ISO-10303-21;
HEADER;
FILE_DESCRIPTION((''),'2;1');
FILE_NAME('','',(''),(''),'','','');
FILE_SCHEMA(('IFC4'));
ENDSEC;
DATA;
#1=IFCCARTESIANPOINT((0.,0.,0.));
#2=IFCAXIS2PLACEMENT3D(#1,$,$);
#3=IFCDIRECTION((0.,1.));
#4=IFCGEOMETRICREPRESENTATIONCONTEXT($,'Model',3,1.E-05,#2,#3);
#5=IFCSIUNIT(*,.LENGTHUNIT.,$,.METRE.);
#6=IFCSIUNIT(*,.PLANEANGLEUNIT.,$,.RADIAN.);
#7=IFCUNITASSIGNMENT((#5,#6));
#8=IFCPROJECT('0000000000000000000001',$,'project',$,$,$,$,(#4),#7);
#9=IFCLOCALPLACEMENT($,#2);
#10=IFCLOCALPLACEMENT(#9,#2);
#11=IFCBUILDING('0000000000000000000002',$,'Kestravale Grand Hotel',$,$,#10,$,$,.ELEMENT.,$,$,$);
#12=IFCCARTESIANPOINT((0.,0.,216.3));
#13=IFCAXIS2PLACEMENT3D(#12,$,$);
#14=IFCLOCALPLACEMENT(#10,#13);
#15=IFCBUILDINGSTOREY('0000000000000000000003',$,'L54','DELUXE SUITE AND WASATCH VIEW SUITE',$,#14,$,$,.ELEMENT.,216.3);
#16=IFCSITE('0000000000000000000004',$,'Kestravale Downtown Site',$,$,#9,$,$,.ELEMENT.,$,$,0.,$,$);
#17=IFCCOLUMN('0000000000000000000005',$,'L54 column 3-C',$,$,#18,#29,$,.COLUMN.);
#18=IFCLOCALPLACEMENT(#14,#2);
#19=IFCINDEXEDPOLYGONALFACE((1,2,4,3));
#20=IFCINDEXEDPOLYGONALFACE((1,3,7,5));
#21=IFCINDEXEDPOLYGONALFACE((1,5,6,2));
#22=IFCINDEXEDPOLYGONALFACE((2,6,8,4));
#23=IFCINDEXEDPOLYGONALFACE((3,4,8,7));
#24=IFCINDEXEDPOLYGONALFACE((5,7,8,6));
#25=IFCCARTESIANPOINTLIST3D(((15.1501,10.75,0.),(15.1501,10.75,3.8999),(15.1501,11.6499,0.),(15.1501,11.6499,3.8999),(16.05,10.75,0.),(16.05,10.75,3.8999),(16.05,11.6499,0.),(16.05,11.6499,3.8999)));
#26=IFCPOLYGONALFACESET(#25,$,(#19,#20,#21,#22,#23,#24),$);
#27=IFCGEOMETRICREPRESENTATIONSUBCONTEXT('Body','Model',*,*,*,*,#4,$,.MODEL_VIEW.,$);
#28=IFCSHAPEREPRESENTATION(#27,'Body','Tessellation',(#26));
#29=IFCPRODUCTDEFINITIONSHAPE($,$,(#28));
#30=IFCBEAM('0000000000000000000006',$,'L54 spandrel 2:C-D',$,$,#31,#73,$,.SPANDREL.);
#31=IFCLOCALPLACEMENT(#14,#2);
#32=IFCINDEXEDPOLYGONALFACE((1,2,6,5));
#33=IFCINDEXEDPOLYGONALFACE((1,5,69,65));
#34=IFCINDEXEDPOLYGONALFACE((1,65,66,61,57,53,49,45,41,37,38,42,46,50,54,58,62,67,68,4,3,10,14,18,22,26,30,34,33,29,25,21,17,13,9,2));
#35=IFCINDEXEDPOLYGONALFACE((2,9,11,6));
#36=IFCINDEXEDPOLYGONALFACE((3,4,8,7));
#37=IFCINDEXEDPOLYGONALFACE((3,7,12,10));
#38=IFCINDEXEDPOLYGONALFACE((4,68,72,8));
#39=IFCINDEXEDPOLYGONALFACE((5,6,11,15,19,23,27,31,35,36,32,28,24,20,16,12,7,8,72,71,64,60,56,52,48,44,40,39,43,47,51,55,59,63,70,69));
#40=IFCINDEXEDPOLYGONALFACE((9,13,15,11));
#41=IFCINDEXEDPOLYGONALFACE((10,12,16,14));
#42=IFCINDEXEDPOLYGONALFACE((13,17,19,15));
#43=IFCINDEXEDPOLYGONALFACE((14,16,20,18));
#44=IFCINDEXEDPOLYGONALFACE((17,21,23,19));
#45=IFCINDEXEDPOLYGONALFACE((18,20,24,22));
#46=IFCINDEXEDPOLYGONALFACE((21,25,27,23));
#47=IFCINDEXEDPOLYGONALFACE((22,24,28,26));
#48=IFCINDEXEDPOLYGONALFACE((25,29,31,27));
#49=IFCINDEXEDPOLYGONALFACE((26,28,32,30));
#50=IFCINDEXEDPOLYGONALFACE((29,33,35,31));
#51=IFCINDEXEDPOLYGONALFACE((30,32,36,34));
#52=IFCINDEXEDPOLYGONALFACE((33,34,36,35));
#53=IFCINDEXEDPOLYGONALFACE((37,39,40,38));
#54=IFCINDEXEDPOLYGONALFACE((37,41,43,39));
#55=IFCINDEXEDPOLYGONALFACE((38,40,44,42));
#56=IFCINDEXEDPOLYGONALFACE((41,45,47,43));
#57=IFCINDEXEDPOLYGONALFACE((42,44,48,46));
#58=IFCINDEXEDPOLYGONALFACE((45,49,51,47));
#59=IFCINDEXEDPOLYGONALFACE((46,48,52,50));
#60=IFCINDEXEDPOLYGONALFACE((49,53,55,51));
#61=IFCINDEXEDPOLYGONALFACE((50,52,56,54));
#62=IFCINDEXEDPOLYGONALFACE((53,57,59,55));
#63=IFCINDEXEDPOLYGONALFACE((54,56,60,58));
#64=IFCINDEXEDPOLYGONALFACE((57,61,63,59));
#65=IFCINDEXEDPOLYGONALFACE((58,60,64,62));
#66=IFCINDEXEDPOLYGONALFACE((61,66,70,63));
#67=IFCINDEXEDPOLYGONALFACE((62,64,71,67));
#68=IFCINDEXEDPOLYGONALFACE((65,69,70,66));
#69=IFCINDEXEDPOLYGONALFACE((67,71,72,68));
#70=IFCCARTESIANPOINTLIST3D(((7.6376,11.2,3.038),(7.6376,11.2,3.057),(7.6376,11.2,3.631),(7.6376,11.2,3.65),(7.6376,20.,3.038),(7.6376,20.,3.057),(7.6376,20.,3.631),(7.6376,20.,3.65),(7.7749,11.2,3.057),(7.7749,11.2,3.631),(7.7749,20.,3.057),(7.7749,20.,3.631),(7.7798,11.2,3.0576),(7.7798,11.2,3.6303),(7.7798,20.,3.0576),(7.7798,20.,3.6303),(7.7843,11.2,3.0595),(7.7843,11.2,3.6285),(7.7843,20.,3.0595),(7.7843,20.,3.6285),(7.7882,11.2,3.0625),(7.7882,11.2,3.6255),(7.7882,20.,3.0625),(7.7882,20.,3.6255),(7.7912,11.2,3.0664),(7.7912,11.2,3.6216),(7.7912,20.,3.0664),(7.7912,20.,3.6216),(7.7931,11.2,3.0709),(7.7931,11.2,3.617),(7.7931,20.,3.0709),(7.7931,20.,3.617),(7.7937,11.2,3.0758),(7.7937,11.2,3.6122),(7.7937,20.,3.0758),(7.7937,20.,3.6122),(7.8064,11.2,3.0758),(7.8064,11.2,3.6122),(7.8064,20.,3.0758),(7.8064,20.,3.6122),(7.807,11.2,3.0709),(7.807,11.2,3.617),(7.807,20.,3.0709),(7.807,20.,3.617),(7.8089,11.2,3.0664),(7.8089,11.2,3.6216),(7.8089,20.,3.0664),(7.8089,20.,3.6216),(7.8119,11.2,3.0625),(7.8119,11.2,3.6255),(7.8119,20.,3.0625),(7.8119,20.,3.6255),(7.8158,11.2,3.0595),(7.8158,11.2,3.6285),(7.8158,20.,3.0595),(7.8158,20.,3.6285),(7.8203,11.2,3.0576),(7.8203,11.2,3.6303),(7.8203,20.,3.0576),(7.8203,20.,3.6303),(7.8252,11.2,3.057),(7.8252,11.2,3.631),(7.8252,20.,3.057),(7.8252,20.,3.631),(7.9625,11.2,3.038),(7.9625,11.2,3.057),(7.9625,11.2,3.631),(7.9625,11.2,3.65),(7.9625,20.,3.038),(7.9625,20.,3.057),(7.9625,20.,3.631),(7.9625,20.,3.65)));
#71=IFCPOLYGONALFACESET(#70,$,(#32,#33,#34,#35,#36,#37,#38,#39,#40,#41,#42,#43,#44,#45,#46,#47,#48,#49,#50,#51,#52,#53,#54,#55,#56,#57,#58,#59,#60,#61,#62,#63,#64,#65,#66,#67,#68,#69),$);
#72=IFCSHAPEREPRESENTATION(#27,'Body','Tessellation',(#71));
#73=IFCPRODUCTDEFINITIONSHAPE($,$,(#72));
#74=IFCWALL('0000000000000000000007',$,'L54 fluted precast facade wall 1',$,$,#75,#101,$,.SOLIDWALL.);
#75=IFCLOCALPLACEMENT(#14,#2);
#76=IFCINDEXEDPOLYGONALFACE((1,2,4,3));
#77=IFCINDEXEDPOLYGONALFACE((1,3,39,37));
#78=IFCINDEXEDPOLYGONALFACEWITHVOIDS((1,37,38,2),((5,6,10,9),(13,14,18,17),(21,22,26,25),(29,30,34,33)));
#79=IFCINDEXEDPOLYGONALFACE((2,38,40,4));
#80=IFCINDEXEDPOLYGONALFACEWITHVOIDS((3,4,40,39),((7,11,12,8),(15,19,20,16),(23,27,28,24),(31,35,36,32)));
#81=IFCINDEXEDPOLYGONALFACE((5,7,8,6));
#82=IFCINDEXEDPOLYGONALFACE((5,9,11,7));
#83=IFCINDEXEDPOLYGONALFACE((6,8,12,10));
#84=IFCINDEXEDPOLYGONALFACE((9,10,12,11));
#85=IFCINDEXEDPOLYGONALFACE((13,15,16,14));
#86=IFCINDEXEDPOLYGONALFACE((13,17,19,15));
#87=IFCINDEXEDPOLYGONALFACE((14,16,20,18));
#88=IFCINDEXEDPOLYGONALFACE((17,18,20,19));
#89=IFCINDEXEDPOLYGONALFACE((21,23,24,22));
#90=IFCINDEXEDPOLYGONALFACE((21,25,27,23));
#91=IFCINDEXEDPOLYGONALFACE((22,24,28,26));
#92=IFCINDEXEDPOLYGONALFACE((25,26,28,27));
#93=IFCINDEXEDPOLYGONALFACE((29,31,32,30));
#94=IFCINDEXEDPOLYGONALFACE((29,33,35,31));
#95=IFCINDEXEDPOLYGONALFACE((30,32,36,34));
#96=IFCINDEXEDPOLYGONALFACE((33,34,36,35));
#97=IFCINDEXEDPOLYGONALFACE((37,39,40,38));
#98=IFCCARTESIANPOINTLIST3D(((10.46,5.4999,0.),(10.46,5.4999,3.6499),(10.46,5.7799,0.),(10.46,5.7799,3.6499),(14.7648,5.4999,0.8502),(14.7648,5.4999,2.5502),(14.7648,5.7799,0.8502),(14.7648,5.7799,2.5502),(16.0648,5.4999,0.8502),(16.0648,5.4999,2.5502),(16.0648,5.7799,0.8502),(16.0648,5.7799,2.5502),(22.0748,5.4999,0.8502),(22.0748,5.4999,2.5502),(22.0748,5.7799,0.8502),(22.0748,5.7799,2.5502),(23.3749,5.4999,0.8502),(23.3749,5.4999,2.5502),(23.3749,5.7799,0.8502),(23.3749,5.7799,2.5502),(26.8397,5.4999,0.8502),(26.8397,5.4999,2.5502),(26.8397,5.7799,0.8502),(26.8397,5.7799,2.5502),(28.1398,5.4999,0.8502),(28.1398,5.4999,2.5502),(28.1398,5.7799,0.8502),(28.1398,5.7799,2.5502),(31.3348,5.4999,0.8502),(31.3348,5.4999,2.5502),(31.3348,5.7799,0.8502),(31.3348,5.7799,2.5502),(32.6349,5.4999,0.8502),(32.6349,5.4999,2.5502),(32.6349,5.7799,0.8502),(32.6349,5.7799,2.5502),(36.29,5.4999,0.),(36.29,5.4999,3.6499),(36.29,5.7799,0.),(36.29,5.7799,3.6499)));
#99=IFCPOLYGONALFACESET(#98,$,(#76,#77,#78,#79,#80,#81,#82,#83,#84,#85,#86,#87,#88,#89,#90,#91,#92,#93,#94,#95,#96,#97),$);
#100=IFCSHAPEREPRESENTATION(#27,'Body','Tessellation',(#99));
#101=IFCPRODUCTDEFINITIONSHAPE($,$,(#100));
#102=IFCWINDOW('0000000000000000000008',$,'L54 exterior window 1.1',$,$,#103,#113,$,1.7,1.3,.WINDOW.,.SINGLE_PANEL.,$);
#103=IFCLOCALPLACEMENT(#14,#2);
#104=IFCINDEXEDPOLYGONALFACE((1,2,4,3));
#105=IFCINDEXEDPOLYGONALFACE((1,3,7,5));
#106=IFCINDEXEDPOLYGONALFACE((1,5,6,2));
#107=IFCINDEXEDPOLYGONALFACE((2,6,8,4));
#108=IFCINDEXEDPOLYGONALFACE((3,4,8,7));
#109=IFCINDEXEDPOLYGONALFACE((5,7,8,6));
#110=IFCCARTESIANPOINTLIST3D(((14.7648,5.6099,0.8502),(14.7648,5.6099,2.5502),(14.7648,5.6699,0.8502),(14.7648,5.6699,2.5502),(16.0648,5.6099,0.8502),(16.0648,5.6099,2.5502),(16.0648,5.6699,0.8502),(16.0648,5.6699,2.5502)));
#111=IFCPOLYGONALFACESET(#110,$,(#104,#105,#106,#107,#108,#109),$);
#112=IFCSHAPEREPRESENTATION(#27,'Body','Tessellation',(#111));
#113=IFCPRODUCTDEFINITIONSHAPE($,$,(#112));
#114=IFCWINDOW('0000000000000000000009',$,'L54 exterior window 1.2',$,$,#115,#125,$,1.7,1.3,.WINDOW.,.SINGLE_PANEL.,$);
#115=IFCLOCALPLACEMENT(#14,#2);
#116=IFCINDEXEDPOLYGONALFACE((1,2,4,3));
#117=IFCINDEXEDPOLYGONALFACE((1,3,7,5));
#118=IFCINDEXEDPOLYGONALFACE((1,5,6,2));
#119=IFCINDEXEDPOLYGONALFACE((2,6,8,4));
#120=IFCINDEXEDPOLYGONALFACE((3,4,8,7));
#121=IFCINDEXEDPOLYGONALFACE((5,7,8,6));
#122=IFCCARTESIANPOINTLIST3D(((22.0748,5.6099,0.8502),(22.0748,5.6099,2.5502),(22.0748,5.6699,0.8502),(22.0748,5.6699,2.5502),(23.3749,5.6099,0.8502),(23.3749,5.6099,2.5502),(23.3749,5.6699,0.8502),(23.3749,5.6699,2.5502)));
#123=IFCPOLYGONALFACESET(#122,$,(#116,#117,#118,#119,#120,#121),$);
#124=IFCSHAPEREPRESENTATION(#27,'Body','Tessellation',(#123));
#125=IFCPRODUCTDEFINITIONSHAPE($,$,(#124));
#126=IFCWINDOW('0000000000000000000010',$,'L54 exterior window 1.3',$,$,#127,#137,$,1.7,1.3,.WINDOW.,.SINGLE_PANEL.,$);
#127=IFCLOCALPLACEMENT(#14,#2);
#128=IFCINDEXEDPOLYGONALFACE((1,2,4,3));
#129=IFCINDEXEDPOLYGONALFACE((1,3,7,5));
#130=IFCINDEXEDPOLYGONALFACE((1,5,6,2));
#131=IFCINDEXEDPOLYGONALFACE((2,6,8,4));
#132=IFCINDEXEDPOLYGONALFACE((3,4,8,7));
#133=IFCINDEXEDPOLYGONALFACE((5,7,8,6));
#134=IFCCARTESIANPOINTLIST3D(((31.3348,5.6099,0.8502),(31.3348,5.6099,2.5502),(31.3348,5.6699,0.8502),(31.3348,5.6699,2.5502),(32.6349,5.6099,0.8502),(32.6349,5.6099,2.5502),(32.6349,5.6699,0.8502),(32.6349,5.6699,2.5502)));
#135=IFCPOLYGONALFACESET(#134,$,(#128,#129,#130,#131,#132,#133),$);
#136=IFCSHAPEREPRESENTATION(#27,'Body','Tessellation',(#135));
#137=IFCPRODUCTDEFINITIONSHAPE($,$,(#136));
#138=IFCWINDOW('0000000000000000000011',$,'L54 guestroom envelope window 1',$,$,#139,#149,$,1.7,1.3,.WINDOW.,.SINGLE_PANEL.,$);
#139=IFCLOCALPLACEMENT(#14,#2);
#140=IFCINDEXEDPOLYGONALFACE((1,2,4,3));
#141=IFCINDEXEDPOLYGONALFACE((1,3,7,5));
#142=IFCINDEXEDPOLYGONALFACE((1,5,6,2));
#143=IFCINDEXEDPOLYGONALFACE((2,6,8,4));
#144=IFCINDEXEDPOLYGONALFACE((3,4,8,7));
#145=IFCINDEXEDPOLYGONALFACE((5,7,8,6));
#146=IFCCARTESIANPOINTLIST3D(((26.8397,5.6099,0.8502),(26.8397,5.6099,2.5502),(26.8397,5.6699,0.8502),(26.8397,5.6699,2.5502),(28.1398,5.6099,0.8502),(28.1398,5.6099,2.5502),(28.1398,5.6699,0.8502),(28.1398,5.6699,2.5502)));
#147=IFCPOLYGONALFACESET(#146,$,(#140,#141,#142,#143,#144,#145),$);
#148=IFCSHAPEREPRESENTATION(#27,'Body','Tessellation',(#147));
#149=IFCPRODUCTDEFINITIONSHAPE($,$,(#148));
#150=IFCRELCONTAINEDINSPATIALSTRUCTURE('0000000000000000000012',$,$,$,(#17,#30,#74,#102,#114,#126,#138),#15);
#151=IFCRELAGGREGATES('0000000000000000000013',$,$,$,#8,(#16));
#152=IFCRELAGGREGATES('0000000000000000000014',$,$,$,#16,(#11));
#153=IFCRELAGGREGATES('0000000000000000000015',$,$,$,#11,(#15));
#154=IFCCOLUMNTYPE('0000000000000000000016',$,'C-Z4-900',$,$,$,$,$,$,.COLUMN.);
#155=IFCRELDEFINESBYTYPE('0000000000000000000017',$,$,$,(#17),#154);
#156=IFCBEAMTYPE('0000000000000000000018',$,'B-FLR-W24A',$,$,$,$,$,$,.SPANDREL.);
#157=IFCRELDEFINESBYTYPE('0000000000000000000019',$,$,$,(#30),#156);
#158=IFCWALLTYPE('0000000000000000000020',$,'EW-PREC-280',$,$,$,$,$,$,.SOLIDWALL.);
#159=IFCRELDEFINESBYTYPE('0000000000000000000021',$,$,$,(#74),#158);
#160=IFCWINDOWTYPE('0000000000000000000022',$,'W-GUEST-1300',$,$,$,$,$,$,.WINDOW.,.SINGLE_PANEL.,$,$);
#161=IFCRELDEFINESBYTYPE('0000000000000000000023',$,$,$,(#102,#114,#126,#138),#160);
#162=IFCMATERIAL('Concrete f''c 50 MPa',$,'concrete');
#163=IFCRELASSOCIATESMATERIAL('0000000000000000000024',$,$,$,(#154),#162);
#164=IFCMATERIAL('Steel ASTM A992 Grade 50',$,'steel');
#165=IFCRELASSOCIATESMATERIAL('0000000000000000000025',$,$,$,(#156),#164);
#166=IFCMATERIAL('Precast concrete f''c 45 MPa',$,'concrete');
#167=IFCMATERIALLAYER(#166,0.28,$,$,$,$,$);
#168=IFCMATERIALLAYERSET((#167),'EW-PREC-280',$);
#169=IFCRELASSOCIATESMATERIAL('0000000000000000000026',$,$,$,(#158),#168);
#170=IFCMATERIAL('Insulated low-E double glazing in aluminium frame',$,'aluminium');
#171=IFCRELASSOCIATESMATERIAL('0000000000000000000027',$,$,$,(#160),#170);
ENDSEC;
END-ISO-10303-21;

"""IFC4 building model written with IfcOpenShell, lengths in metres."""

from ifc_helpers import new_model, si_unit, direction, frame, frame_2d, origin, origin_2d, place, context, subcontext, project, spatial, rectangle, i_section, extrude, material, layer, layer_set, material_profile, profile_set, type_object, element, fill, save


model = new_model("IFC4")

# Units and contexts
model_context = context("Model", 3, precision=1e-05, world=origin(), true_north=direction((0.0, 1.0)))
body_context = subcontext(model_context, "Body", "Model", "MODEL_VIEW")
ifc_project = project(units=[si_unit("LENGTHUNIT", "METRE"), si_unit("PLANEANGLEUNIT", "RADIAN")], contexts=[model_context])

# Site, building, storey
site_placement = place(None, origin())
site = spatial("IfcSite", under=ifc_project, at=site_placement, Name="Kestravale Downtown Site", CompositionType="ELEMENT", RefElevation=0.0)
building_placement = place(site_placement, origin())
building = spatial("IfcBuilding", under=site, at=building_placement, Name="Kestravale Grand Hotel", CompositionType="ELEMENT")
storey_placement = place(building_placement, frame((0.0, 0.0, 216.3)))
storey = spatial("IfcBuildingStorey", under=building, at=storey_placement, Name="L54", Description="DELUXE SUITE AND WASATCH VIEW SUITE", CompositionType="ELEMENT", Elevation=216.3)

# Column
ifc_material_1 = material(Name="Concrete f'c 50 MPa", Category="concrete")
ifc_material_profile_1 = material_profile(ifc_material_1, rectangle(XDim=0.8999, YDim=0.8999, at=origin_2d()))
ifc_profile_set_1 = profile_set([ifc_material_profile_1], Name="Concrete f'c 50 MPa")
column_type = type_object("IfcColumnType", Name="C-Z4-900", PredefinedType="COLUMN", material=ifc_profile_set_1)
column_placement = place(storey_placement, frame((15.6001, 11.2, 0.0), z_axis=(0.0, 0.0, 1.0), x_axis=(1.0, 0.0, 0.0)))
element("IfcColumn", 1, at=column_placement, inside=storey, type_object=column_type, Name="L54 column 3-C", PredefinedType="COLUMN", context=body_context, shape_type="SweptSolid", body=[
    extrude(rectangle(XDim=0.8999, YDim=0.8999, at=origin_2d()), origin(), (0.0, 0.0, 1.0), 3.8999),
])

# Beam
ifc_material_2 = material(Name="Steel ASTM A992 Grade 50", Category="steel")
ifc_material_profile_2 = material_profile(ifc_material_2, i_section(OverallWidth=0.325, OverallDepth=0.6121, WebThickness=0.0127, FlangeThickness=0.019, FilletRadius=0.0188, at=origin_2d()))
ifc_profile_set_2 = profile_set([ifc_material_profile_2], Name="Steel ASTM A992 Grade 50")
beam_type = type_object("IfcBeamType", Name="B-FLR-W24A", PredefinedType="SPANDREL", material=ifc_profile_set_2)
beam_placement = place(storey_placement, frame((7.8, 11.2, 3.344), z_axis=(0.0, 1.0, 0.0), x_axis=(-1.0, 0.0, 0.0)))
element("IfcBeam", 2, at=beam_placement, inside=storey, type_object=beam_type, Name="L54 spandrel 2:C-D", PredefinedType="SPANDREL", context=body_context, shape_type="SweptSolid", body=[
    extrude(i_section(OverallWidth=0.325, OverallDepth=0.6121, WebThickness=0.0127, FlangeThickness=0.019, FilletRadius=0.0188, at=origin_2d()), origin(), (0.0, 0.0, 1.0), 8.8),
])

# Wall, openings, windows
ifc_material_3 = material(Name="Precast concrete f'c 45 MPa", Category="concrete")
ifc_layer_1 = layer(ifc_material_3, 0.28)
ifc_layer_set_1 = layer_set([ifc_layer_1], Name="EW-PREC-280")
wall_type_1 = type_object("IfcWallType", Name="EW-PREC-280", PredefinedType="SOLIDWALL", material=ifc_layer_set_1)
wall_1_placement = place(storey_placement, frame((10.46, 5.6399, 0.0), z_axis=(0.0, 0.0, 1.0), x_axis=(1.0, 0.0, 0.0)))
wall_1 = element("IfcWall", 3, at=wall_1_placement, inside=storey, type_object=wall_type_1, Name="L54 fluted precast facade wall 1", PredefinedType="SOLIDWALL", context=body_context, shape_type="SweptSolid", body=[
    extrude(rectangle(XDim=25.8301, YDim=0.28, at=frame_2d((12.915, 0.0))), origin(), (0.0, 0.0, 1.0), 3.6499),
])
opening_1_placement = place(wall_1_placement, frame((4.3049, 0.0, 0.8501)))
opening_1 = element("IfcOpeningElement", 4, at=opening_1_placement, cuts=wall_1, PredefinedType="OPENING", context=body_context, shape_type="SweptSolid", body=[
    extrude(rectangle(XDim=1.3, YDim=1.7, at=frame_2d((0.6499, 0.8501))), frame((0.0, 0.1499, 0.0), z_axis=(0.0, -1.0, 0.0), x_axis=(1.0, 0.0, 0.0)), (0.0, 0.0, 1.0), 0.3),
])
opening_2_placement = place(wall_1_placement, frame((11.615, 0.0, 0.8501)))
opening_2 = element("IfcOpeningElement", 5, at=opening_2_placement, cuts=wall_1, PredefinedType="OPENING", context=body_context, shape_type="SweptSolid", body=[
    extrude(rectangle(XDim=1.3, YDim=1.7, at=frame_2d((0.6499, 0.8501))), frame((0.0, 0.1499, 0.0), z_axis=(0.0, -1.0, 0.0), x_axis=(1.0, 0.0, 0.0)), (0.0, 0.0, 1.0), 0.3),
])
opening_3_placement = place(wall_1_placement, frame((20.875, 0.0, 0.8501)))
opening_3 = element("IfcOpeningElement", 6, at=opening_3_placement, cuts=wall_1, PredefinedType="OPENING", context=body_context, shape_type="SweptSolid", body=[
    extrude(rectangle(XDim=1.3, YDim=1.7, at=frame_2d((0.6499, 0.8501))), frame((0.0, 0.1499, 0.0), z_axis=(0.0, -1.0, 0.0), x_axis=(1.0, 0.0, 0.0)), (0.0, 0.0, 1.0), 0.3),
])
opening_4_placement = place(wall_1_placement, frame((16.3799, 0.0, 0.8501)))
opening_4 = element("IfcOpeningElement", 7, at=opening_4_placement, cuts=wall_1, PredefinedType="OPENING", context=body_context, shape_type="SweptSolid", body=[
    extrude(rectangle(XDim=1.3, YDim=1.7, at=frame_2d((0.6499, 0.8501))), frame((0.0, 0.1499, 0.0), z_axis=(0.0, -1.0, 0.0), x_axis=(1.0, 0.0, 0.0)), (0.0, 0.0, 1.0), 0.3),
])
ifc_material_4 = material(Name="Insulated low-E double glazing in aluminium frame", Category="aluminium")
window_type = type_object("IfcWindowType", Name="W-GUEST-1300", PartitioningType="SINGLE_PANEL", PredefinedType="WINDOW", material=ifc_material_4)
window_1_placement = place(opening_1_placement, origin())
window_1 = element("IfcWindow", 8, at=window_1_placement, inside=storey, type_object=window_type, Name="L54 exterior window 1.1", OverallHeight=1.7, OverallWidth=1.3, PartitioningType="SINGLE_PANEL", PredefinedType="WINDOW", context=body_context, shape_type="SweptSolid", body=[
    extrude(rectangle(XDim=1.3, YDim=1.7, at=frame_2d((0.6499, 0.8501))), frame((0.0, 0.03, 0.0), z_axis=(0.0, -1.0, 0.0), x_axis=(1.0, 0.0, 0.0)), (0.0, 0.0, 1.0), 0.0601),
])
fill(opening_1, window_1)
window_2_placement = place(opening_2_placement, origin())
window_2 = element("IfcWindow", 9, at=window_2_placement, inside=storey, type_object=window_type, Name="L54 exterior window 1.2", OverallHeight=1.7, OverallWidth=1.3, PartitioningType="SINGLE_PANEL", PredefinedType="WINDOW", context=body_context, shape_type="SweptSolid", body=[
    extrude(rectangle(XDim=1.3, YDim=1.7, at=frame_2d((0.6499, 0.8501))), frame((0.0, 0.03, 0.0), z_axis=(0.0, -1.0, 0.0), x_axis=(1.0, 0.0, 0.0)), (0.0, 0.0, 1.0), 0.0601),
])
fill(opening_2, window_2)
window_3_placement = place(opening_3_placement, origin())
window_3 = element("IfcWindow", 10, at=window_3_placement, inside=storey, type_object=window_type, Name="L54 exterior window 1.3", OverallHeight=1.7, OverallWidth=1.3, PartitioningType="SINGLE_PANEL", PredefinedType="WINDOW", context=body_context, shape_type="SweptSolid", body=[
    extrude(rectangle(XDim=1.3, YDim=1.7, at=frame_2d((0.6499, 0.8501))), frame((0.0, 0.03, 0.0), z_axis=(0.0, -1.0, 0.0), x_axis=(1.0, 0.0, 0.0)), (0.0, 0.0, 1.0), 0.0601),
])
fill(opening_3, window_3)
window_4_placement = place(opening_4_placement, origin())
window_4 = element("IfcWindow", 11, at=window_4_placement, inside=storey, type_object=window_type, Name="L54 guestroom envelope window 1", OverallHeight=1.7, OverallWidth=1.3, PartitioningType="SINGLE_PANEL", PredefinedType="WINDOW", context=body_context, shape_type="SweptSolid", body=[
    extrude(rectangle(XDim=1.3, YDim=1.7, at=frame_2d((0.6499, 0.8501))), frame((0.0, 0.03, 0.0), z_axis=(0.0, -1.0, 0.0), x_axis=(1.0, 0.0, 0.0)), (0.0, 0.0, 1.0), 0.0601),
])
fill(opening_4, window_4)

save(model, "model.ifc")
